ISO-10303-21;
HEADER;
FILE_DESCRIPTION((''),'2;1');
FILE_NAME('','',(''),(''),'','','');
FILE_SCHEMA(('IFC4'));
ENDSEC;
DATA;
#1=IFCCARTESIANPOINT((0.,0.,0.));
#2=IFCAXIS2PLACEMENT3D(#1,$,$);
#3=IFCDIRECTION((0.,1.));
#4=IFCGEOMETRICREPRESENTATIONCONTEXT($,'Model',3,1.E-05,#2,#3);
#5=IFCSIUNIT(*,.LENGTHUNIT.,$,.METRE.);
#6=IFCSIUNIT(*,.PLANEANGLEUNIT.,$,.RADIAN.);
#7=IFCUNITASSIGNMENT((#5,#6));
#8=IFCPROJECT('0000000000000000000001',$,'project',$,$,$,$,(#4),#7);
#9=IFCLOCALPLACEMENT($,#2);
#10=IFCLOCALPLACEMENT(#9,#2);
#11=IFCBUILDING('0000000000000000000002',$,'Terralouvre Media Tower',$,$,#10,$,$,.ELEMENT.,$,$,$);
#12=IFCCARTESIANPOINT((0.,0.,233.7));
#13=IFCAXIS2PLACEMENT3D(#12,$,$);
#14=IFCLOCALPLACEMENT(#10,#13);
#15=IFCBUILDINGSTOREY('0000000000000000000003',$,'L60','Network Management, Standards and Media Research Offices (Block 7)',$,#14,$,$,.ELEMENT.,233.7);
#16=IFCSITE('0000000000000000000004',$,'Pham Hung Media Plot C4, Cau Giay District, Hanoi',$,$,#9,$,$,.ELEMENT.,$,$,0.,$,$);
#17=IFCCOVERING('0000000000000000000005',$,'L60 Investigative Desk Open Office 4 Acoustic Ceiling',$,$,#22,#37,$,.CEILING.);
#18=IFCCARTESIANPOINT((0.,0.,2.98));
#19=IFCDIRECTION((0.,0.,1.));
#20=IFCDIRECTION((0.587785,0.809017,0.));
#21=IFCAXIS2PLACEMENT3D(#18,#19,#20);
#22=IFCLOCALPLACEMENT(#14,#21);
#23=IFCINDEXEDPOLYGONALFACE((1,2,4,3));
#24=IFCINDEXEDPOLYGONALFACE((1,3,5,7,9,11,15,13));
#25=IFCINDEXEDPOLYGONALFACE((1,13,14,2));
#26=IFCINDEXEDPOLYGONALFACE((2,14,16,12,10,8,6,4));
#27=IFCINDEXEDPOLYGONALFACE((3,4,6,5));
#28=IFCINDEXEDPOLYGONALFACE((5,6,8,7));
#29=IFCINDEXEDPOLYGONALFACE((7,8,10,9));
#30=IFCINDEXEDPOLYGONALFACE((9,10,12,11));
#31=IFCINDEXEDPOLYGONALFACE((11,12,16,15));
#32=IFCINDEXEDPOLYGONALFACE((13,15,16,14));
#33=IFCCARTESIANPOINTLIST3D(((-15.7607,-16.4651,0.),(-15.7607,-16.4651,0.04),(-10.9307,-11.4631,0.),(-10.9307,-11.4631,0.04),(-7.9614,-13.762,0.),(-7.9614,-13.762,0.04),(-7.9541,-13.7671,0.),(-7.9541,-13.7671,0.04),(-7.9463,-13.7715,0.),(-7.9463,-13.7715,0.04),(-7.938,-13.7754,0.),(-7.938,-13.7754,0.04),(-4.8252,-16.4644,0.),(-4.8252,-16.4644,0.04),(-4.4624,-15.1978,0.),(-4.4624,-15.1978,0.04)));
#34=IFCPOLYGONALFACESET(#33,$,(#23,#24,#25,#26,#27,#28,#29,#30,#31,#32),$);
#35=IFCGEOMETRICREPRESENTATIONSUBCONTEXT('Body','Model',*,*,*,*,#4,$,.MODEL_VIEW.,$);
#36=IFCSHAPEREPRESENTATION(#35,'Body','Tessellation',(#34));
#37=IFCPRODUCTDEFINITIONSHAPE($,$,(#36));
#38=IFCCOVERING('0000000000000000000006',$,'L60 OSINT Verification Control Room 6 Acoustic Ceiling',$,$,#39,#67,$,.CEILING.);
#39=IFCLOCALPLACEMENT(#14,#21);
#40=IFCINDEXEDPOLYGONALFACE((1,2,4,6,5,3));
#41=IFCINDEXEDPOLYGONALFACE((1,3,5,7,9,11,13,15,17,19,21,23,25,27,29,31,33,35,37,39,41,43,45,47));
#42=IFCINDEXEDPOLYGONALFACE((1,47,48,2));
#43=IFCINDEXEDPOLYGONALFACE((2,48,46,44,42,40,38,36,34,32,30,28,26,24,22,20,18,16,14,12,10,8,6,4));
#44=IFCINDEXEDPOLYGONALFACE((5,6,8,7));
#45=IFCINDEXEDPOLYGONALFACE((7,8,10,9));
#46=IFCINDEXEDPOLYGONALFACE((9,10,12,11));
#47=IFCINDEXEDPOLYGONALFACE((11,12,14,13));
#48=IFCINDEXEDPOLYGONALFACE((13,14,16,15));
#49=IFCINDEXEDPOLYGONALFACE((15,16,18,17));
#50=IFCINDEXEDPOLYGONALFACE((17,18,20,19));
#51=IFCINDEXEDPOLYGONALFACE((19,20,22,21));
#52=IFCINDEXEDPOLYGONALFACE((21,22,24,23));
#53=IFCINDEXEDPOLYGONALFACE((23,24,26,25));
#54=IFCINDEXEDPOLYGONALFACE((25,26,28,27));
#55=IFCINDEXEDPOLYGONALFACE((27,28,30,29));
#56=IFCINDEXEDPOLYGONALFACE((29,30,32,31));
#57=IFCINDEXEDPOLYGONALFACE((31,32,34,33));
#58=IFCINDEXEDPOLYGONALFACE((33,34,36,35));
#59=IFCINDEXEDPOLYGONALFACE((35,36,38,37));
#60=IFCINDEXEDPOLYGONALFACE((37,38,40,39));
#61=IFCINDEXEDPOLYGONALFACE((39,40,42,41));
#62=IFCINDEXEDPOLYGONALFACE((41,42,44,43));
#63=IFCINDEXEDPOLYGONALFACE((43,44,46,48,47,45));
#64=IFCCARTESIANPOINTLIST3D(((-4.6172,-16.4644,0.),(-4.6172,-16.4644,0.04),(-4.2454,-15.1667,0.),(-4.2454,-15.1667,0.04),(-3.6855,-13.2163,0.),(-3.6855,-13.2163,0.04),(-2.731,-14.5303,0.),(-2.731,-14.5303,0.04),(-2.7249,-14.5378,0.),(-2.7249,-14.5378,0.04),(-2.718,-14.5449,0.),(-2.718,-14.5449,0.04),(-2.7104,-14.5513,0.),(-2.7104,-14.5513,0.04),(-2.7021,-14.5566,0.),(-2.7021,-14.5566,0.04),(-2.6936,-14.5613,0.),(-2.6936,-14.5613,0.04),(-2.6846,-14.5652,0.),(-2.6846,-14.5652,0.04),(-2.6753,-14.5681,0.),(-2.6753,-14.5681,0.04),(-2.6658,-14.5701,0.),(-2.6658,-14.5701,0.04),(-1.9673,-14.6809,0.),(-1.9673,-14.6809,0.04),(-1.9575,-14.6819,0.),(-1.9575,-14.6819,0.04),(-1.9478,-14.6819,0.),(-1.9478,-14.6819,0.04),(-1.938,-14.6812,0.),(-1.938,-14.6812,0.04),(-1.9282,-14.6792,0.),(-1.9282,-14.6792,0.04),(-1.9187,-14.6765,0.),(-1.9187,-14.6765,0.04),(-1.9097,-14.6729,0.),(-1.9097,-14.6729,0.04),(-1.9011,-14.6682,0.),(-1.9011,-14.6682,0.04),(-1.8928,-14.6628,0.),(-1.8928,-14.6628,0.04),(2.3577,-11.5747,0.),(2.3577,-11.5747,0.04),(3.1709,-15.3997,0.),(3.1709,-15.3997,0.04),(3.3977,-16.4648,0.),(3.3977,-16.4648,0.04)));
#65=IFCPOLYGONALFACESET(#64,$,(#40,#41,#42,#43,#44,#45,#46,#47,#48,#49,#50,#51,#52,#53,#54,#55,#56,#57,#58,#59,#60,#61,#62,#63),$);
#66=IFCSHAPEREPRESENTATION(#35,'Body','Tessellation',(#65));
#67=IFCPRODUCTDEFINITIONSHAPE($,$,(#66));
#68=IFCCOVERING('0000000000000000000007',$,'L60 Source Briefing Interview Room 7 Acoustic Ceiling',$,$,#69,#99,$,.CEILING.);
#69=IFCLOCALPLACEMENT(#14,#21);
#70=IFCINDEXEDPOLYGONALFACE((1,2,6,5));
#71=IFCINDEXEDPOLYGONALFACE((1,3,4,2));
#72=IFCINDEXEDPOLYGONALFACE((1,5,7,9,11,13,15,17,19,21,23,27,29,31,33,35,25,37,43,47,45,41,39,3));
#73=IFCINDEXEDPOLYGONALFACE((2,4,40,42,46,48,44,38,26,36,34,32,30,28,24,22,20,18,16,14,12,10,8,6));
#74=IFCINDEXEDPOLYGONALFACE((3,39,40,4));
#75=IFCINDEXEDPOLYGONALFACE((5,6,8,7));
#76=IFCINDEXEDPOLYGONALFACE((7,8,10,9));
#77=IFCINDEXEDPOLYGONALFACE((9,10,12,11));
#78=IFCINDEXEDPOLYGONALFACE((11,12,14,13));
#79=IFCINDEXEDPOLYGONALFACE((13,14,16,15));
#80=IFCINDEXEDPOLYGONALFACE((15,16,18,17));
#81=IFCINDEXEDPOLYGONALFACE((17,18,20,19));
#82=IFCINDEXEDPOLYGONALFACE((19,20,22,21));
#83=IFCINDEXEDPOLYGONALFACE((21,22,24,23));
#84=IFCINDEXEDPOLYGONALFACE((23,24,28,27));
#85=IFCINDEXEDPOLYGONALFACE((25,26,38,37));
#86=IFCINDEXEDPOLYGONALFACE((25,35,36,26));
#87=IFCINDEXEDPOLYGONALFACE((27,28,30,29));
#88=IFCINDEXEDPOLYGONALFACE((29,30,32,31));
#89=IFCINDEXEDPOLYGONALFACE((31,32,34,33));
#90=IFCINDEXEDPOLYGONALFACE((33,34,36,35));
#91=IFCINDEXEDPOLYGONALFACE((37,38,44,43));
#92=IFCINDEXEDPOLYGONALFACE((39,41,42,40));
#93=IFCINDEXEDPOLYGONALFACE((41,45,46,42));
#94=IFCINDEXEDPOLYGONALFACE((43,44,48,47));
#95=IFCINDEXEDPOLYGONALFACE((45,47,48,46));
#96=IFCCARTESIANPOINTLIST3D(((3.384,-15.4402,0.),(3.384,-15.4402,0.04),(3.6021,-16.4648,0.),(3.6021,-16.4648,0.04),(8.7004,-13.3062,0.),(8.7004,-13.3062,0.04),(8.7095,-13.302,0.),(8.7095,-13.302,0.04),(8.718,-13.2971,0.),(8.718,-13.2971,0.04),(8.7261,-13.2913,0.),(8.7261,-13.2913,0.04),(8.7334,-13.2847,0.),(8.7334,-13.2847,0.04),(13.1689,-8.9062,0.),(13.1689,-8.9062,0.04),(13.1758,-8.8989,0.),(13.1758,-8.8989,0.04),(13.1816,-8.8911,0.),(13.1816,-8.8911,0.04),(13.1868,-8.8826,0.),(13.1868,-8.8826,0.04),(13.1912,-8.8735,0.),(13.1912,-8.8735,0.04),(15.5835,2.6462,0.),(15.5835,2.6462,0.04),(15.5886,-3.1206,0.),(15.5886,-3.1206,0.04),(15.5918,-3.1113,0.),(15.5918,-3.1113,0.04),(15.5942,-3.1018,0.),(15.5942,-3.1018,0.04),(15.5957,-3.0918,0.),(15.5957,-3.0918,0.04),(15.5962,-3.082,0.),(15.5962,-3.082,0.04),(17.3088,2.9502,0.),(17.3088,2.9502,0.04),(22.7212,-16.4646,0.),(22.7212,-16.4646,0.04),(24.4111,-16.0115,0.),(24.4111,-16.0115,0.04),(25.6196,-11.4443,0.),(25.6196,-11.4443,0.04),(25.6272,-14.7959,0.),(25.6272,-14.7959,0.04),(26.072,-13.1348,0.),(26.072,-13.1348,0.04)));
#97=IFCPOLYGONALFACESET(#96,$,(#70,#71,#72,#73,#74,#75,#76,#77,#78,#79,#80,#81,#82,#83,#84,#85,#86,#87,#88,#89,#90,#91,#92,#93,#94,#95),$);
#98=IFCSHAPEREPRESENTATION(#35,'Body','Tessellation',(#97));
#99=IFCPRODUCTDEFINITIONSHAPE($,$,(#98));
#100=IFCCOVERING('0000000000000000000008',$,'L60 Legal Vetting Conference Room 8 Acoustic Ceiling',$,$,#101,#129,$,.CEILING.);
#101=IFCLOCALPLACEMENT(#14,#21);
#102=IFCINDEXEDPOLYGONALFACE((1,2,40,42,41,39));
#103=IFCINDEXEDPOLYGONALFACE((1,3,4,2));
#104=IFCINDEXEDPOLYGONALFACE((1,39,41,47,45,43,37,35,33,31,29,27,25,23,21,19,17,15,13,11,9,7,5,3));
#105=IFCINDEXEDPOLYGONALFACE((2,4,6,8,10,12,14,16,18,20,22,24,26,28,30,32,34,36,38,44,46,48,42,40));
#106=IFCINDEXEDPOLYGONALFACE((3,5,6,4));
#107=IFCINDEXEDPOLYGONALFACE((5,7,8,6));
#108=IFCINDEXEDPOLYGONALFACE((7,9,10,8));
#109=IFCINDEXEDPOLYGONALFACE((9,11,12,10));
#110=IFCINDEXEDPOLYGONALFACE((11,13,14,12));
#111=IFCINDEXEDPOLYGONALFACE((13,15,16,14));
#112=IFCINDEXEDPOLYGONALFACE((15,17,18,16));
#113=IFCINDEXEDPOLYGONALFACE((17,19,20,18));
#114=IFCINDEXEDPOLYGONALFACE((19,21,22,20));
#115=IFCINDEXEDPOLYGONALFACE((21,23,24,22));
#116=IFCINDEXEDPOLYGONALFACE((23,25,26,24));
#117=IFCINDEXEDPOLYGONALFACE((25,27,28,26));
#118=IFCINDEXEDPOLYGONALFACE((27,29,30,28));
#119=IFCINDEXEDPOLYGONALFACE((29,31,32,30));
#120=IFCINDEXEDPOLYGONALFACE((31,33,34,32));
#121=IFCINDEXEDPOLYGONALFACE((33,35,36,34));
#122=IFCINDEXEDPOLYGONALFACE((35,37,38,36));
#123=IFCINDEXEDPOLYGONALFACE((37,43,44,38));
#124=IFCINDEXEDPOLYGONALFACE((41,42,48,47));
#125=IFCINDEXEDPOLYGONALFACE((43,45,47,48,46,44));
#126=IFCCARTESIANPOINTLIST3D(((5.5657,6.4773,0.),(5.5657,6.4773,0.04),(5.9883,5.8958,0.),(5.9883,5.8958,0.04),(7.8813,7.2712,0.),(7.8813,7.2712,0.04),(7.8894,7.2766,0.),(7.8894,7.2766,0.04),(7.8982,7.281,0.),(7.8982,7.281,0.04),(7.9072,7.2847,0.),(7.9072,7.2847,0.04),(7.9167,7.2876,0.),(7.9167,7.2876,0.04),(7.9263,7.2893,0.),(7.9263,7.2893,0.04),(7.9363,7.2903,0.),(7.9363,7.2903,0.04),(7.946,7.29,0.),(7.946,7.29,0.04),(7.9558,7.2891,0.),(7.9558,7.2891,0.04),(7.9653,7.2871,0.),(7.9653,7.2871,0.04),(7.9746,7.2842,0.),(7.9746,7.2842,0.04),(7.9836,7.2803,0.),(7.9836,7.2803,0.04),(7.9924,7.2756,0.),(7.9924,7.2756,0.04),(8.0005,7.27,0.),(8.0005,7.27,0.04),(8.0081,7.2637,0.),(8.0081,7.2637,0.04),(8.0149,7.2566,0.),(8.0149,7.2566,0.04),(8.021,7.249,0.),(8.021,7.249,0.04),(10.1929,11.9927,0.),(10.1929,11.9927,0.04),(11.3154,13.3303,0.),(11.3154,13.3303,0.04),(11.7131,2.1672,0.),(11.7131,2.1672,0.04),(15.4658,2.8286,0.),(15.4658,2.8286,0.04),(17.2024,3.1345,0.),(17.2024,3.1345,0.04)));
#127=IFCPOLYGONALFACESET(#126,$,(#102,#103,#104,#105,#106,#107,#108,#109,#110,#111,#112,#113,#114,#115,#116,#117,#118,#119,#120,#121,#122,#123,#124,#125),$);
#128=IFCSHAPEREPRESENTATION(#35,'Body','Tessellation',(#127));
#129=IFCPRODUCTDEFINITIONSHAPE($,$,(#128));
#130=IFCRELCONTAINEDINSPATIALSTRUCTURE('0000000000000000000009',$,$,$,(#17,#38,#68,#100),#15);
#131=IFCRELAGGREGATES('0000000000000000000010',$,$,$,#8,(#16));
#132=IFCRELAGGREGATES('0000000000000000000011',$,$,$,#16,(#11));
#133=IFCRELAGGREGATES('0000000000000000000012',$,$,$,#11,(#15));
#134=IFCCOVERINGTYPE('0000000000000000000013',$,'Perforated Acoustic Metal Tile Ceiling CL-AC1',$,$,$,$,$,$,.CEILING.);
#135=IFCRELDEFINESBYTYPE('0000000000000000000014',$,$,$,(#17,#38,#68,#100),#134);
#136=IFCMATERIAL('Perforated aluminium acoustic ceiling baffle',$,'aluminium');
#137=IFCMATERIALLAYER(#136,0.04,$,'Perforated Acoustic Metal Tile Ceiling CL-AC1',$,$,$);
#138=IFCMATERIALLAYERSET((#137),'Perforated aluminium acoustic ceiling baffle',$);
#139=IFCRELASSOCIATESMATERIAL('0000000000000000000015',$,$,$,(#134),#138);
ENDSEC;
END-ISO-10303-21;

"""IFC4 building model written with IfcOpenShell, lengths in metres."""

from ifc_helpers import new_model, si_unit, direction, frame, origin, place, context, subcontext, project, spatial, polyline, outline, extrude, material, layer, layer_set, type_object, element, save


model = new_model("IFC4")

# Units and contexts
model_context = context("Model", 3, precision=1e-05, world=origin(), true_north=direction((0.0, 1.0)))
body_context = subcontext(model_context, "Body", "Model", "MODEL_VIEW")
ifc_project = project(units=[si_unit("LENGTHUNIT", "METRE"), si_unit("PLANEANGLEUNIT", "RADIAN")], contexts=[model_context])

# Site, building, storey
site_placement = place(None, origin())
site = spatial("IfcSite", under=ifc_project, at=site_placement, Name="Pham Hung Media Plot C4, Cau Giay District, Hanoi", CompositionType="ELEMENT", RefElevation=0.0)
building_placement = place(site_placement, origin())
building = spatial("IfcBuilding", under=site, at=building_placement, Name="Terralouvre Media Tower", CompositionType="ELEMENT")
storey_placement = place(building_placement, frame((0.0, 0.0, 233.7)))
storey = spatial("IfcBuildingStorey", under=building, at=storey_placement, Name="L60", Description="Network Management, Standards and Media Research Offices (Block 7)", CompositionType="ELEMENT", Elevation=233.7)

# Coverings
ifc_material_1 = material(Name="Perforated aluminium acoustic ceiling baffle", Category="aluminium")
ifc_layer_1 = layer(ifc_material_1, 0.04, Name="Perforated Acoustic Metal Tile Ceiling CL-AC1")
ifc_layer_set_1 = layer_set([ifc_layer_1], Name="Perforated aluminium acoustic ceiling baffle")
covering_type = type_object("IfcCoveringType", Name="Perforated Acoustic Metal Tile Ceiling CL-AC1", PredefinedType="CEILING", material=ifc_layer_set_1)
covering_1_placement = place(storey_placement, frame((0.0, 0.0, 2.98), z_axis=(0.0, 0.0, 1.0), x_axis=(0.587785, 0.809017, 0.0)))
element("IfcCovering", 1, at=covering_1_placement, inside=storey, type_object=covering_type, Name="L60 Investigative Desk Open Office 4 Acoustic Ceiling", PredefinedType="CEILING", context=body_context, shape_type="SweptSolid", body=[
    extrude(outline(polyline([(-7.938, -13.7754), (-7.9463, -13.7715), (-7.9541, -13.7671), (-7.9614, -13.762), (-10.9307, -11.4631), (-15.7607, -16.4651), (-4.8252, -16.4644), (-4.4624, -15.1978), (-7.938, -13.7754)])), origin(), (0.0, 0.0, 1.0), 0.04),
])
covering_2_placement = place(storey_placement, frame((0.0, 0.0, 2.98), z_axis=(0.0, 0.0, 1.0), x_axis=(0.587785, 0.809017, 0.0)))
element("IfcCovering", 2, at=covering_2_placement, inside=storey, type_object=covering_type, Name="L60 OSINT Verification Control Room 6 Acoustic Ceiling", PredefinedType="CEILING", context=body_context, shape_type="SweptSolid", body=[
    extrude(outline(polyline([(2.3577, -11.5747), (-1.8928, -14.6628), (-1.9011, -14.6682), (-1.9097, -14.6729), (-1.9187, -14.6765), (-1.9282, -14.6792), (-1.938, -14.6812), (-1.9478, -14.6819), (-1.9575, -14.6819), (-1.9673, -14.6809), (-2.6658, -14.5701), (-2.6753, -14.5681), (-2.6846, -14.5652), (-2.6936, -14.5613), (-2.7021, -14.5566), (-2.7104, -14.5513), (-2.718, -14.5449), (-2.7249, -14.5378), (-2.731, -14.5303), (-3.6855, -13.2163), (-4.2454, -15.1667), (-4.6172, -16.4644), (3.3977, -16.4648), (3.1709, -15.3997), (2.3577, -11.5747)])), origin(), (0.0, 0.0, 1.0), 0.04),
])
covering_3_placement = place(storey_placement, frame((0.0, 0.0, 2.98), z_axis=(0.0, 0.0, 1.0), x_axis=(0.587785, 0.809017, 0.0)))
element("IfcCovering", 3, at=covering_3_placement, inside=storey, type_object=covering_type, Name="L60 Source Briefing Interview Room 7 Acoustic Ceiling", PredefinedType="CEILING", context=body_context, shape_type="SweptSolid", body=[
    extrude(outline(polyline([(15.5962, -3.082), (15.5957, -3.0918), (15.5942, -3.1018), (15.5918, -3.1113), (15.5886, -3.1206), (13.1912, -8.8735), (13.1868, -8.8826), (13.1816, -8.8911), (13.1758, -8.8989), (13.1689, -8.9062), (8.7334, -13.2847), (8.7261, -13.2913), (8.718, -13.2971), (8.7095, -13.302), (8.7004, -13.3062), (3.384, -15.4402), (3.6021, -16.4648), (22.7212, -16.4646), (24.4111, -16.0115), (25.6272, -14.7959), (26.072, -13.1348), (25.6196, -11.4443), (17.3088, 2.9502), (15.5835, 2.6462), (15.5962, -3.082)])), origin(), (0.0, 0.0, 1.0), 0.04),
])
covering_4_placement = place(storey_placement, frame((0.0, 0.0, 2.98), z_axis=(0.0, 0.0, 1.0), x_axis=(0.587785, 0.809017, 0.0)))
element("IfcCovering", 4, at=covering_4_placement, inside=storey, type_object=covering_type, Name="L60 Legal Vetting Conference Room 8 Acoustic Ceiling", PredefinedType="CEILING", context=body_context, shape_type="SweptSolid", body=[
    extrude(outline(polyline([(5.5657, 6.4773), (5.9883, 5.8958), (7.8813, 7.2712), (7.8894, 7.2766), (7.8982, 7.281), (7.9072, 7.2847), (7.9167, 7.2876), (7.9263, 7.2893), (7.9363, 7.2903), (7.946, 7.29), (7.9558, 7.2891), (7.9653, 7.2871), (7.9746, 7.2842), (7.9836, 7.2803), (7.9924, 7.2756), (8.0005, 7.27), (8.0081, 7.2637), (8.0149, 7.2566), (8.021, 7.249), (11.7131, 2.1672), (15.4658, 2.8286), (17.2024, 3.1345), (11.3154, 13.3303), (10.1929, 11.9927), (5.5657, 6.4773)])), origin(), (0.0, 0.0, 1.0), 0.04),
])

save(model, "model.ifc")
